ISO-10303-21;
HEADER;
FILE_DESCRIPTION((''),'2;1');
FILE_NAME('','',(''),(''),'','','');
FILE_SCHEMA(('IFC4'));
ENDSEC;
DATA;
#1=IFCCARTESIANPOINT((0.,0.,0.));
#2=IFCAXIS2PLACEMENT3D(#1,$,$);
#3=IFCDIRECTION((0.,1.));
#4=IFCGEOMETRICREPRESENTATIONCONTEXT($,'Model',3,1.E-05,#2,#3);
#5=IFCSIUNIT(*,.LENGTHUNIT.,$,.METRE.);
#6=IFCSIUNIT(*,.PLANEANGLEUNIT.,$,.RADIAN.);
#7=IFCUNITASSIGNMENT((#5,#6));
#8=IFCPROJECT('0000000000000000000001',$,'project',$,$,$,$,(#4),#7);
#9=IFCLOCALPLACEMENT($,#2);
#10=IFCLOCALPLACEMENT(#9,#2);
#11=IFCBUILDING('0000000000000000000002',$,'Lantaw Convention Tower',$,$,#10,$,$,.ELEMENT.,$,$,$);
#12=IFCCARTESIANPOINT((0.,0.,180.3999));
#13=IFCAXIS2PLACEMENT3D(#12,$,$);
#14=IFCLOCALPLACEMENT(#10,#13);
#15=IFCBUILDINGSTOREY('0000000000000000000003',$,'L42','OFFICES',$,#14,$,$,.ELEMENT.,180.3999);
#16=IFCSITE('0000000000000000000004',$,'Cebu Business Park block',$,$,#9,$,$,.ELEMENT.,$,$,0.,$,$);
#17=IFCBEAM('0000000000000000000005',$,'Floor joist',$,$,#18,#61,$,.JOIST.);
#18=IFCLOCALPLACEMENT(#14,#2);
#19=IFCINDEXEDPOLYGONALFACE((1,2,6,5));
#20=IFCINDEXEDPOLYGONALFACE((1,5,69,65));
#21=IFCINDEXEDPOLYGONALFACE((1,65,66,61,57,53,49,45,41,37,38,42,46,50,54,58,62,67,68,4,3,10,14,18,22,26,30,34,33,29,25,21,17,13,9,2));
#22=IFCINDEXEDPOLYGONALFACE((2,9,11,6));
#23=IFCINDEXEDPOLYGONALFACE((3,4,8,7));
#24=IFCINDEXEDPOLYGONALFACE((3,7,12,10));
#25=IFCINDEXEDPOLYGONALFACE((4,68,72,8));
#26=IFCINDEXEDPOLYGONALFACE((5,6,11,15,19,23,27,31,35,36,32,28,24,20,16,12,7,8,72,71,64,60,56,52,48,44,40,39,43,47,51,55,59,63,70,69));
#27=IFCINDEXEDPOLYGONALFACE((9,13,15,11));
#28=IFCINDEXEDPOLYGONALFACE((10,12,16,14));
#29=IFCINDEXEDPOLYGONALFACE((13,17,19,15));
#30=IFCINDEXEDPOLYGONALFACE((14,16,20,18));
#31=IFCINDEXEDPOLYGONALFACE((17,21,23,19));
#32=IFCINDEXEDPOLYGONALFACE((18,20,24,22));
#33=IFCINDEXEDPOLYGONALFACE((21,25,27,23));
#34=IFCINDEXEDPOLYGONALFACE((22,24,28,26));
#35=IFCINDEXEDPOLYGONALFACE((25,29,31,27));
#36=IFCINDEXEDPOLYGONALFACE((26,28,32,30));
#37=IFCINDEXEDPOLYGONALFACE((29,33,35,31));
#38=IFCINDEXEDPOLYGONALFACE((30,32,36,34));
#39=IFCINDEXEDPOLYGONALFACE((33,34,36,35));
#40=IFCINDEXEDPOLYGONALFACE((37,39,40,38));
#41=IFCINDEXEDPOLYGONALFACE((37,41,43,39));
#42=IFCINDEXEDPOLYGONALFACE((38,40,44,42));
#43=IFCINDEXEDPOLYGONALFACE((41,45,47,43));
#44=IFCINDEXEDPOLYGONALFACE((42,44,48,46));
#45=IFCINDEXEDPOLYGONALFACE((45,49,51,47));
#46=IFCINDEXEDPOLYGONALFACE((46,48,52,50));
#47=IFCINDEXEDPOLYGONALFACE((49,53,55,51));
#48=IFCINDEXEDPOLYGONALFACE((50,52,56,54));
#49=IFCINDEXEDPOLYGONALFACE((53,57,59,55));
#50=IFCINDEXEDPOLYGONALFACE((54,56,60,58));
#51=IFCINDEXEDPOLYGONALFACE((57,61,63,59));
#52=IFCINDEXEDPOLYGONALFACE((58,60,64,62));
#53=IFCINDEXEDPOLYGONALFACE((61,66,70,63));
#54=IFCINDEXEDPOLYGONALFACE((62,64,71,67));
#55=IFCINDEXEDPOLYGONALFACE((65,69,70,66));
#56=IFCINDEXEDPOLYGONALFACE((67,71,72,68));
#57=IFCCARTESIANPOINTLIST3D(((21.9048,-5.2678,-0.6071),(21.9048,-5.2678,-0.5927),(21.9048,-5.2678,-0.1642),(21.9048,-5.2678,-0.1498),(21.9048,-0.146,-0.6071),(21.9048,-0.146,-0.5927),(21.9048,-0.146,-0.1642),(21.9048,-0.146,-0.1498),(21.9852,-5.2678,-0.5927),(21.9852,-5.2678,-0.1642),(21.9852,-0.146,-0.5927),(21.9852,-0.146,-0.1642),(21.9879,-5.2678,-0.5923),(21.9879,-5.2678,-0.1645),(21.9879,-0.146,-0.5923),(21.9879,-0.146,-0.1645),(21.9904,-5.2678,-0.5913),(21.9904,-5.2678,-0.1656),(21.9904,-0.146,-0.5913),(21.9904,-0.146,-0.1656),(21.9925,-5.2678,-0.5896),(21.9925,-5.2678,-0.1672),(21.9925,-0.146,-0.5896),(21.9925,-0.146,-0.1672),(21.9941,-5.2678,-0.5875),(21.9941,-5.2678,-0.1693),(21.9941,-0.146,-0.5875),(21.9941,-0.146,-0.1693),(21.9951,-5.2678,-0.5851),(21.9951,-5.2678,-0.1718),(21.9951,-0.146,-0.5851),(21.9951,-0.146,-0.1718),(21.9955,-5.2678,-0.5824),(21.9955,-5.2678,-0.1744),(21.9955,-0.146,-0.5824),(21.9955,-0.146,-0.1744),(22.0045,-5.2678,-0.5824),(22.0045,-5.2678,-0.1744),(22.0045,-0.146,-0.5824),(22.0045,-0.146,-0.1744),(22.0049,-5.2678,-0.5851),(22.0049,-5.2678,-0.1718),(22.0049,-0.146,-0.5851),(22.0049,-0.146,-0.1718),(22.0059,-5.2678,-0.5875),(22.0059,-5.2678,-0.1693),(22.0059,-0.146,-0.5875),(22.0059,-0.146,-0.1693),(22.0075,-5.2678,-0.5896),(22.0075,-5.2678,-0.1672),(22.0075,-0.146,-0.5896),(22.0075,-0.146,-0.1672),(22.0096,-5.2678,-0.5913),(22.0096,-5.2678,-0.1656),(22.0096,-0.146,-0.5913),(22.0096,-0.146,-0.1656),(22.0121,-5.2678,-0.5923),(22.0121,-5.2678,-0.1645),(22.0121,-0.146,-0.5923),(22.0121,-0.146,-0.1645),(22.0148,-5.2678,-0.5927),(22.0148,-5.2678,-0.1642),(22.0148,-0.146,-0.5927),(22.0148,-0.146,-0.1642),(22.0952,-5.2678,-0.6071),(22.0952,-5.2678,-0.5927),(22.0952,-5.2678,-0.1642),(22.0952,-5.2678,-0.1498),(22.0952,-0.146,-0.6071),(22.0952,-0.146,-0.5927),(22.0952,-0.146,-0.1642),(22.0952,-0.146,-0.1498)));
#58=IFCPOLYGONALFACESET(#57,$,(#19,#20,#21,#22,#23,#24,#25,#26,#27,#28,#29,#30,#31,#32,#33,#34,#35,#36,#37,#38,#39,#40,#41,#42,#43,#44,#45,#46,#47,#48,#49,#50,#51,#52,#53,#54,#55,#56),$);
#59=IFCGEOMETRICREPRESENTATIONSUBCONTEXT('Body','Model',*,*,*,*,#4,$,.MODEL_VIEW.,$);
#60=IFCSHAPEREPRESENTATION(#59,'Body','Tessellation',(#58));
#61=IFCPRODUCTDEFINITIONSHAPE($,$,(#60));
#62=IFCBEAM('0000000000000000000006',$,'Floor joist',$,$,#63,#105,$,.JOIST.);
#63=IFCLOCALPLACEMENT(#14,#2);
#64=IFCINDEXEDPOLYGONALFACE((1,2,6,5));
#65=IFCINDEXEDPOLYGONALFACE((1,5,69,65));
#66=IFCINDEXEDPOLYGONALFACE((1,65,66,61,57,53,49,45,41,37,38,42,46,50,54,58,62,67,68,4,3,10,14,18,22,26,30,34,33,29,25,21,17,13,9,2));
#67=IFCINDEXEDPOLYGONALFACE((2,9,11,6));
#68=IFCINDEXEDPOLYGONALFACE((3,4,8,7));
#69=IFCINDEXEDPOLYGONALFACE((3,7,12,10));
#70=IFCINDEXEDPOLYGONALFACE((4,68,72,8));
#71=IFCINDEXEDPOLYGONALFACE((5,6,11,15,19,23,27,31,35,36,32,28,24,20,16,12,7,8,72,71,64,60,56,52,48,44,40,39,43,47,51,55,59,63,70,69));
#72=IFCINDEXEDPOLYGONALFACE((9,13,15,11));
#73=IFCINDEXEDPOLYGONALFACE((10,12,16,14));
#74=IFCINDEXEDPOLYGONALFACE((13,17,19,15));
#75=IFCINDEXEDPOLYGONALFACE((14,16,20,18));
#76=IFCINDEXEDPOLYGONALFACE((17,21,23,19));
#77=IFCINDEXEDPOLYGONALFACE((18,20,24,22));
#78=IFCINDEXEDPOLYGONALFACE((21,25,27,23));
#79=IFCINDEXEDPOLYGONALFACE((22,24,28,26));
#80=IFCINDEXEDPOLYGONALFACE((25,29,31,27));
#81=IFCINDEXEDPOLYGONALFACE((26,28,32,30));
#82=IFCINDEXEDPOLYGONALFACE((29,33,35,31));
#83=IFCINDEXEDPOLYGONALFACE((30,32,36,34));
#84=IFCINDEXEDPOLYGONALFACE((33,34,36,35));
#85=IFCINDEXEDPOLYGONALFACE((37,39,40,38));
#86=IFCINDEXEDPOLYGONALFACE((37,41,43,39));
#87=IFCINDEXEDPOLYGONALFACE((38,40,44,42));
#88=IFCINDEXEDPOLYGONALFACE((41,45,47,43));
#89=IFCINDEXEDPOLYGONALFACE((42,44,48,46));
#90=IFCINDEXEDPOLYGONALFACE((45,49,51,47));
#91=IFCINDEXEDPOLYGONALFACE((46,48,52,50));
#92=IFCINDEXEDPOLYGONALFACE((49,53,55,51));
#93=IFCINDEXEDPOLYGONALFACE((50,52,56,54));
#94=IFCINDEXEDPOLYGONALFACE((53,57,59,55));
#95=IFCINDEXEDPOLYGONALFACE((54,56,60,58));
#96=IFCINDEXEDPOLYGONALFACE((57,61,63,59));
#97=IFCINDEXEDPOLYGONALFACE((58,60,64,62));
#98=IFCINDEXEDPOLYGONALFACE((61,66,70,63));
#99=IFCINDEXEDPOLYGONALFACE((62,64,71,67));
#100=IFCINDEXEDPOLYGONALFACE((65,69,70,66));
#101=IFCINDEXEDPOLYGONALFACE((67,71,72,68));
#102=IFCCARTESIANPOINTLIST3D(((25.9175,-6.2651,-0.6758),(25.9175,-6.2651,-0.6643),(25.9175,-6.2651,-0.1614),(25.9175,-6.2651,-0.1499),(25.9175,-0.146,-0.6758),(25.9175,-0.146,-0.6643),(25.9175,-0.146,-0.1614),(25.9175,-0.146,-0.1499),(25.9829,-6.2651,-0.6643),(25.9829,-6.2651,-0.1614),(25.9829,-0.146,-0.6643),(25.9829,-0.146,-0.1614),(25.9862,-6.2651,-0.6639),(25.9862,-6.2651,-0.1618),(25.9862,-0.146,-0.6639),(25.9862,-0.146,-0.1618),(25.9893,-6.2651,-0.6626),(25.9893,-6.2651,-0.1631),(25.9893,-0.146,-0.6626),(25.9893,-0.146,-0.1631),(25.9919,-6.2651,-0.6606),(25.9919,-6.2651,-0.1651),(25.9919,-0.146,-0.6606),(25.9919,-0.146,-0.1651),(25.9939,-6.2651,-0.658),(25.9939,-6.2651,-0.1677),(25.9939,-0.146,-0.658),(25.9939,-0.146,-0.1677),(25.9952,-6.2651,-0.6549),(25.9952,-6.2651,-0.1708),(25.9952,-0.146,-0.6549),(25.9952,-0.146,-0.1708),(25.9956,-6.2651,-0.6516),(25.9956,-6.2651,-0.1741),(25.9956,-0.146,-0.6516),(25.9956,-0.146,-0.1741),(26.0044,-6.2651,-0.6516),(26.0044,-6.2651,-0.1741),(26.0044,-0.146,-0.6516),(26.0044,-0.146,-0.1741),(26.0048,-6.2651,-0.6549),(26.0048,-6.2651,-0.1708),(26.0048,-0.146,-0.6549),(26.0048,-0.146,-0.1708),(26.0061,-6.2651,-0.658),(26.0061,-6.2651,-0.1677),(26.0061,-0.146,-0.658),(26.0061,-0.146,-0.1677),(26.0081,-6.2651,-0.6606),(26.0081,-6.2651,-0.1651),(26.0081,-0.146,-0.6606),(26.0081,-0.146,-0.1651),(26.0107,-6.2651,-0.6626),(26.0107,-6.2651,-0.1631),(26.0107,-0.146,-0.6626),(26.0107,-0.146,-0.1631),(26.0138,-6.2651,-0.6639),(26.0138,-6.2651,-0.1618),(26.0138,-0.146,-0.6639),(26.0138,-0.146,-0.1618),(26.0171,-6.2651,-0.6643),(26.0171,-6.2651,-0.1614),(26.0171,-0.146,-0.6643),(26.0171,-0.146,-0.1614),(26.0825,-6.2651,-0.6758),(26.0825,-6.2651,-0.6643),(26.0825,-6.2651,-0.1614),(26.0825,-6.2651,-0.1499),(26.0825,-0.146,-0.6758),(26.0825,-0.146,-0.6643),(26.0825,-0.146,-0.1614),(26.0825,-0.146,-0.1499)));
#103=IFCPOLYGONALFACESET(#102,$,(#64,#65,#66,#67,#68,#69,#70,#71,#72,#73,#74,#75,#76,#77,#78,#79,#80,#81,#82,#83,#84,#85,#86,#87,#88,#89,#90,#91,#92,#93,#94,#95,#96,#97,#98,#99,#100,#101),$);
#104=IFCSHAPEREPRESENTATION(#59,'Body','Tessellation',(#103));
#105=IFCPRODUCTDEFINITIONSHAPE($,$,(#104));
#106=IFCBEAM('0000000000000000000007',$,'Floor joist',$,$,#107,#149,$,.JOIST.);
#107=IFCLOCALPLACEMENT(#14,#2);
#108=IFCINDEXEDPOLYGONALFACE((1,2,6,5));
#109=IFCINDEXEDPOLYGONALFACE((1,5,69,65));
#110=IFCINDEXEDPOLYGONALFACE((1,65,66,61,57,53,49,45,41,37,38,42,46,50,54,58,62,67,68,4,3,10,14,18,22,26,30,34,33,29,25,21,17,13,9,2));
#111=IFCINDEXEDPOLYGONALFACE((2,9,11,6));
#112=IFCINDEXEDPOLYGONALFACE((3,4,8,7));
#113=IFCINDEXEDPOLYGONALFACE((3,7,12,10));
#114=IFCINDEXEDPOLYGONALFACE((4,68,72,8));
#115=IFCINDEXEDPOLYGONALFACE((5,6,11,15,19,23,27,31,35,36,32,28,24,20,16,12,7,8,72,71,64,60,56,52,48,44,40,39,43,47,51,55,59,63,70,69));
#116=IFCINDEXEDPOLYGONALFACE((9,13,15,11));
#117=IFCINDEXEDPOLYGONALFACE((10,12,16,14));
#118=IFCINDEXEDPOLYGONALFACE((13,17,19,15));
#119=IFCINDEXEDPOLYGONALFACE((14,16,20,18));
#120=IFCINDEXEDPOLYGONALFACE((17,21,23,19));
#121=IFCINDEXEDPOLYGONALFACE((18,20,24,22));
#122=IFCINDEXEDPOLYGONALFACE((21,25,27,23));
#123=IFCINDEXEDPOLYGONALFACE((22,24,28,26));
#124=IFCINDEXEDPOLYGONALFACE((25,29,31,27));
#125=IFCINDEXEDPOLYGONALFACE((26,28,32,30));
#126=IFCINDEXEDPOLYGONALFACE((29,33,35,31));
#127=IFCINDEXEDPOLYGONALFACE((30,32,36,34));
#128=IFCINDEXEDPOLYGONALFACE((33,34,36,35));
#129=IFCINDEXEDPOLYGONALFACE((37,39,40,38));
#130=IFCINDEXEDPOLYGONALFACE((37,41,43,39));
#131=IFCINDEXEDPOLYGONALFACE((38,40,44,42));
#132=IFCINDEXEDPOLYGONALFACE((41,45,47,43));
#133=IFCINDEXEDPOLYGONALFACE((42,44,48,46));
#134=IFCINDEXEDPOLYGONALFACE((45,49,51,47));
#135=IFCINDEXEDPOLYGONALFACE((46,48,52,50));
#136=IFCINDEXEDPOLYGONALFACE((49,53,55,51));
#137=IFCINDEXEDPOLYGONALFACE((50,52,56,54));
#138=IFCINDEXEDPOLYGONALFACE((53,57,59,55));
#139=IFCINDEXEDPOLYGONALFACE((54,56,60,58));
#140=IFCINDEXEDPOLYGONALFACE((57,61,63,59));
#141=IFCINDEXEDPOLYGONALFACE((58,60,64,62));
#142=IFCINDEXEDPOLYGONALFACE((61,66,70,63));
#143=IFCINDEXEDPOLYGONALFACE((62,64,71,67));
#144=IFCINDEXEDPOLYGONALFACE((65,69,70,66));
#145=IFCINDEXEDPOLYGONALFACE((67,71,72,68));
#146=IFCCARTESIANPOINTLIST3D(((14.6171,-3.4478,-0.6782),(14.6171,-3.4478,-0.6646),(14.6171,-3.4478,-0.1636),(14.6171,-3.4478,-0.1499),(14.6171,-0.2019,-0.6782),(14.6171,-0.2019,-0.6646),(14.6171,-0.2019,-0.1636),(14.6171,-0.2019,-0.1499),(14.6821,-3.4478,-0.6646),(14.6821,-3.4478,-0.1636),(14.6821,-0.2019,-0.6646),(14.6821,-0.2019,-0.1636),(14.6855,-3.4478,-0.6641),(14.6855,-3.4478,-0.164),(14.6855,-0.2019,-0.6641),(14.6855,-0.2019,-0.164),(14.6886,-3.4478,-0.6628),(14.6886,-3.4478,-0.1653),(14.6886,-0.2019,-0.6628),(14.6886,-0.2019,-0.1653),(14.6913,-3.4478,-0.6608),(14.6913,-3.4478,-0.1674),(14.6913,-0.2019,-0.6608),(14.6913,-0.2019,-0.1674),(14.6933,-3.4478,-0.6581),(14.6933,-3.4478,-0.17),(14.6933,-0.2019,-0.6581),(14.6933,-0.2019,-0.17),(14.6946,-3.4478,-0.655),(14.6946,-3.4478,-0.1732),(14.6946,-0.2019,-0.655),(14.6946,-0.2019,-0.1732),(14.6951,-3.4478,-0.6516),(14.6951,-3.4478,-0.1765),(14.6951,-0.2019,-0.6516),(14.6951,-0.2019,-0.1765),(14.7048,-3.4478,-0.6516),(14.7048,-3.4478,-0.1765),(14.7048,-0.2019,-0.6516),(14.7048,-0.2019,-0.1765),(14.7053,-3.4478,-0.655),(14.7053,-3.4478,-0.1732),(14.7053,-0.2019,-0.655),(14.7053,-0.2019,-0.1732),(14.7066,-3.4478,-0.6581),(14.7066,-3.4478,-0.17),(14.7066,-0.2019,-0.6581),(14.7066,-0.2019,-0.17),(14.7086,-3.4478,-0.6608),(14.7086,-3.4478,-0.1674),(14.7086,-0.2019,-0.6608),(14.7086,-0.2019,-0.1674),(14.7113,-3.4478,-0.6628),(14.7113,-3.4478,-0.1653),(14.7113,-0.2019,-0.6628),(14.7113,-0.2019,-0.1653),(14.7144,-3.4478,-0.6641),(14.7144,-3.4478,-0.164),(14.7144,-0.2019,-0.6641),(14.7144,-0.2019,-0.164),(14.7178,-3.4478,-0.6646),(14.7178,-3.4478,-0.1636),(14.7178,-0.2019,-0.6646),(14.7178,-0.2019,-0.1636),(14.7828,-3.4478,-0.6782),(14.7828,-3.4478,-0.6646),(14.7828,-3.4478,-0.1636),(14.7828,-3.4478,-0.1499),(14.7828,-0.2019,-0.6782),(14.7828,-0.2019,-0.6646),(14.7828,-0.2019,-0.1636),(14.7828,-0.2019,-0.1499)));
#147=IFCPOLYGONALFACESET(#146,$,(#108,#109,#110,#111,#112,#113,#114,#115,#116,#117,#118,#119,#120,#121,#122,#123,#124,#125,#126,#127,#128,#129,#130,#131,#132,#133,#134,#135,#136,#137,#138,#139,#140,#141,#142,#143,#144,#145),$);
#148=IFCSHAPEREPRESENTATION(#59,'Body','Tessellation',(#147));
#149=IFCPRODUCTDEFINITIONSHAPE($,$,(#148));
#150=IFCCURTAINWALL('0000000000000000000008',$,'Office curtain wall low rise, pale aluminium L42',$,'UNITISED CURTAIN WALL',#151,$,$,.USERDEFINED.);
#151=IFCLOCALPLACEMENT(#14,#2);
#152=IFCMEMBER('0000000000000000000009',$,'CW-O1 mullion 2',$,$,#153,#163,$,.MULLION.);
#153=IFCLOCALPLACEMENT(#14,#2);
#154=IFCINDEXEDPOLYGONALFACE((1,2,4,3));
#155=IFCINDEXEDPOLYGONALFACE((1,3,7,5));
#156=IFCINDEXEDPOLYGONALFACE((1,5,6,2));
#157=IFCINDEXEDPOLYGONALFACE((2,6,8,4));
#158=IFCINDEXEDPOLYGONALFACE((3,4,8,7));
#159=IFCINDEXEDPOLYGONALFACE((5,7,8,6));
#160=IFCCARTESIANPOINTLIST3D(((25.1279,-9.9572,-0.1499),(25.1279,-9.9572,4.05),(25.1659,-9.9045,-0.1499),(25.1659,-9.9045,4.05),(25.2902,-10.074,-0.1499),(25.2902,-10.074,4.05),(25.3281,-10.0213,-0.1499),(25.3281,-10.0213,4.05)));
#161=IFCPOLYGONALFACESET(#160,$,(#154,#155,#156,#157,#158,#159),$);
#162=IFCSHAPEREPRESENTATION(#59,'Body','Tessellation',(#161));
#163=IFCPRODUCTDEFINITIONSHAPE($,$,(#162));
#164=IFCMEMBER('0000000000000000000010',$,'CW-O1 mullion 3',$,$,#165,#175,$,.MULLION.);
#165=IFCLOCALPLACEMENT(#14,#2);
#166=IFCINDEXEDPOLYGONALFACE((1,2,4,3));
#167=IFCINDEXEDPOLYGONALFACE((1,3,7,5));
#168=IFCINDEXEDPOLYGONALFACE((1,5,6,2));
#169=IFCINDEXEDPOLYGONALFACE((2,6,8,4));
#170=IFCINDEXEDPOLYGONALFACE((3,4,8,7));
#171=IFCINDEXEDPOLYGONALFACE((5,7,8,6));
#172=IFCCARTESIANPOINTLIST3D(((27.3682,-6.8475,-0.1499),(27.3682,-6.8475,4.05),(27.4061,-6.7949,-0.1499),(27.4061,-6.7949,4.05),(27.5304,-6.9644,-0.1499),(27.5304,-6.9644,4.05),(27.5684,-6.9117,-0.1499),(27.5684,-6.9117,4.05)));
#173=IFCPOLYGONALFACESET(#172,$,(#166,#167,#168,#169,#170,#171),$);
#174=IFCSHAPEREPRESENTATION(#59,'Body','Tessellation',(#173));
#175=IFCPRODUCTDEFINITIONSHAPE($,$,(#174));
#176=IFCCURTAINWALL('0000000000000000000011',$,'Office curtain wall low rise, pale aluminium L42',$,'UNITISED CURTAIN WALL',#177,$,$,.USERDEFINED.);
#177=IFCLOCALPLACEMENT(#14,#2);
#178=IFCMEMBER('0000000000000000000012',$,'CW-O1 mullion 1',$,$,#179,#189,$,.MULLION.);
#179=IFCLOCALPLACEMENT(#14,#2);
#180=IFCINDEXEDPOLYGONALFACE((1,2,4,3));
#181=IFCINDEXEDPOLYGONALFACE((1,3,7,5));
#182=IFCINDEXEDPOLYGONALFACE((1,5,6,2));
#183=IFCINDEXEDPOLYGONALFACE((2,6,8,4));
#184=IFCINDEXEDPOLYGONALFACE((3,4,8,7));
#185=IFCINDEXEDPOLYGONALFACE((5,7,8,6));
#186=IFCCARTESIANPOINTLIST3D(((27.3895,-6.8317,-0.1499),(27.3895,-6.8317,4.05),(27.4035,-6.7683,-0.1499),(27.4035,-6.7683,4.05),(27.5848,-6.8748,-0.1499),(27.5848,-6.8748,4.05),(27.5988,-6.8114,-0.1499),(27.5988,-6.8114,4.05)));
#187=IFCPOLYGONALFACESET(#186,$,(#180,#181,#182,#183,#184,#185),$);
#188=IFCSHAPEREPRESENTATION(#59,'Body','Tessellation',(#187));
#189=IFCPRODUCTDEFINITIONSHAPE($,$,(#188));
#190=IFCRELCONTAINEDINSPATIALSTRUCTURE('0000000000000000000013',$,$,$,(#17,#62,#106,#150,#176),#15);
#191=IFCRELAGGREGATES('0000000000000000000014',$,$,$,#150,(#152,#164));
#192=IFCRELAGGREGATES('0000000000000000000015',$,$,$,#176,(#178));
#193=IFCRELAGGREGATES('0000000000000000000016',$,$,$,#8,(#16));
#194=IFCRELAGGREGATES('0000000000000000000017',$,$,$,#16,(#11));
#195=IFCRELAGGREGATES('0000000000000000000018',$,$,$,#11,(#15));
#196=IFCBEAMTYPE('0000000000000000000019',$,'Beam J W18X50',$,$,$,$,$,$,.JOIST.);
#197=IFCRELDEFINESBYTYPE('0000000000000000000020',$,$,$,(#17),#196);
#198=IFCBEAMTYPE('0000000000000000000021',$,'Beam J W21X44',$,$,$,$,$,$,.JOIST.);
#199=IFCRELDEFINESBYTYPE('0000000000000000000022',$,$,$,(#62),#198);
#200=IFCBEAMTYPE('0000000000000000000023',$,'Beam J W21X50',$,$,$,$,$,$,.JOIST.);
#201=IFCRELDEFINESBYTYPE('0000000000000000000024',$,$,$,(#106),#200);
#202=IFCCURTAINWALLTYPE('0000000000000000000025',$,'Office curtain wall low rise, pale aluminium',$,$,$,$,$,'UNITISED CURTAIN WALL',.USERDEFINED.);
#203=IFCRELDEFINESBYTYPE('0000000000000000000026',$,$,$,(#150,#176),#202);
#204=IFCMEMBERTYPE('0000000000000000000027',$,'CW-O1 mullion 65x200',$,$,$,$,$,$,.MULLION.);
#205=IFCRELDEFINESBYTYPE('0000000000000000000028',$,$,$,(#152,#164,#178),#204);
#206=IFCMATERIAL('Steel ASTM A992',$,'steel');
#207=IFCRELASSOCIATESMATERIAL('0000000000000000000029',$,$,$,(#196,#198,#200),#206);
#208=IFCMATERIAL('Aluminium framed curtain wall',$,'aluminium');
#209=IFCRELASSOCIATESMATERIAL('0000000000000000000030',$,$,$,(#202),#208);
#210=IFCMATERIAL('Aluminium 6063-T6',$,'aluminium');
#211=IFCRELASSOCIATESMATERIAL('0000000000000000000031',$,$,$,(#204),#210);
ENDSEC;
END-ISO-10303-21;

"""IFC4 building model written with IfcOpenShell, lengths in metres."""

from ifc_helpers import new_model, si_unit, direction, frame, origin, origin_2d, place, context, subcontext, project, spatial, rectangle, i_section, extrude, material, material_profile, profile_set, type_object, element, aggregate, save


model = new_model("IFC4")

# Units and contexts
model_context = context("Model", 3, precision=1e-05, world=origin(), true_north=direction((0.0, 1.0)))
body_context = subcontext(model_context, "Body", "Model", "MODEL_VIEW")
ifc_project = project(units=[si_unit("LENGTHUNIT", "METRE"), si_unit("PLANEANGLEUNIT", "RADIAN")], contexts=[model_context])

# Site, building, storey
site_placement = place(None, origin())
site = spatial("IfcSite", under=ifc_project, at=site_placement, Name="Cebu Business Park block", CompositionType="ELEMENT", RefElevation=0.0)
building_placement = place(site_placement, origin())
building = spatial("IfcBuilding", under=site, at=building_placement, Name="Lantaw Convention Tower", CompositionType="ELEMENT")
storey_placement = place(building_placement, frame((0.0, 0.0, 180.3999)))
storey = spatial("IfcBuildingStorey", under=building, at=storey_placement, Name="L42", Description="OFFICES", CompositionType="ELEMENT", Elevation=180.3999)

# Beams
ifc_material_1 = material(Name="Steel ASTM A992", Category="steel")
ifc_material_profile_1 = material_profile(ifc_material_1, i_section(OverallWidth=0.1904, OverallDepth=0.4573, WebThickness=0.009, FlangeThickness=0.0144, FilletRadius=0.0103, at=origin_2d()), Name="W18X50")
ifc_profile_set_1 = profile_set([ifc_material_profile_1], Name="Steel ASTM A992")
beam_type_1 = type_object("IfcBeamType", Name="Beam J W18X50", PredefinedType="JOIST", material=ifc_profile_set_1)
beam_1_placement = place(storey_placement, frame((22.0, -5.2678, -0.3784), z_axis=(0.0, 1.0, 0.0), x_axis=(-1.0, 0.0, 0.0)))
element("IfcBeam", 1, at=beam_1_placement, inside=storey, type_object=beam_type_1, Name="Floor joist", PredefinedType="JOIST", context=body_context, shape_type="SweptSolid", body=[
    extrude(i_section(OverallWidth=0.1904, OverallDepth=0.4573, WebThickness=0.009, FlangeThickness=0.0144, FilletRadius=0.0103, at=origin_2d()), origin(), (0.0, 0.0, 1.0), 5.1218),
])
ifc_material_profile_2 = material_profile(ifc_material_1, i_section(OverallWidth=0.165, OverallDepth=0.5259, WebThickness=0.0088, FlangeThickness=0.0115, FilletRadius=0.0127, at=origin_2d()), Name="W21X44")
ifc_profile_set_2 = profile_set([ifc_material_profile_2], Name="Steel ASTM A992")
beam_type_2 = type_object("IfcBeamType", Name="Beam J W21X44", PredefinedType="JOIST", material=ifc_profile_set_2)
beam_2_placement = place(storey_placement, frame((26.0, -6.2651, -0.4128), z_axis=(0.0, 1.0, 0.0), x_axis=(-1.0, 0.0, 0.0)))
element("IfcBeam", 2, at=beam_2_placement, inside=storey, type_object=beam_type_2, Name="Floor joist", PredefinedType="JOIST", context=body_context, shape_type="SweptSolid", body=[
    extrude(i_section(OverallWidth=0.165, OverallDepth=0.5259, WebThickness=0.0088, FlangeThickness=0.0115, FilletRadius=0.0127, at=origin_2d()), origin(), (0.0, 0.0, 1.0), 6.1191),
])
ifc_material_profile_3 = material_profile(ifc_material_1, i_section(OverallWidth=0.1658, OverallDepth=0.5283, WebThickness=0.0098, FlangeThickness=0.0137, FilletRadius=0.0129, at=origin_2d()), Name="W21X50")
ifc_profile_set_3 = profile_set([ifc_material_profile_3], Name="Steel ASTM A992")
beam_type_3 = type_object("IfcBeamType", Name="Beam J W21X50", PredefinedType="JOIST", material=ifc_profile_set_3)
beam_3_placement = place(storey_placement, frame((14.7, -3.4478, -0.4141), z_axis=(0.0, 1.0, 0.0), x_axis=(-1.0, 0.0, 0.0)))
element("IfcBeam", 3, at=beam_3_placement, inside=storey, type_object=beam_type_3, Name="Floor joist", PredefinedType="JOIST", context=body_context, shape_type="SweptSolid", body=[
    extrude(i_section(OverallWidth=0.1658, OverallDepth=0.5283, WebThickness=0.0098, FlangeThickness=0.0137, FilletRadius=0.0129, at=origin_2d()), origin(), (0.0, 0.0, 1.0), 3.2458),
])

# Curtain walls, members
ifc_material_2 = material(Name="Aluminium framed curtain wall", Category="aluminium")
curtain_wall_type = type_object("IfcCurtainWallType", Name="Office curtain wall low rise, pale aluminium", ElementType="UNITISED CURTAIN WALL", PredefinedType="USERDEFINED", material=ifc_material_2)
curtain_wall_1_placement = place(storey_placement, origin())
curtain_wall_1 = element("IfcCurtainWall", 4, at=curtain_wall_1_placement, inside=storey, type_object=curtain_wall_type, Name="Office curtain wall low rise, pale aluminium L42", ObjectType="UNITISED CURTAIN WALL", PredefinedType="USERDEFINED")
ifc_material_3 = material(Name="Aluminium 6063-T6", Category="aluminium")
ifc_material_profile_4 = material_profile(ifc_material_3, rectangle(XDim=0.2, YDim=0.0649, at=origin_2d()), Name="CW-O1 mullion 65x200")
ifc_profile_set_4 = profile_set([ifc_material_profile_4], Name="Aluminium 6063-T6")
member_type_1 = type_object("IfcMemberType", Name="CW-O1 mullion 65x200", PredefinedType="MULLION", material=ifc_profile_set_4)
member_1_placement = place(storey_placement, frame((25.228, -9.9893, -0.1499), z_axis=(0.0, 0.0, 1.0), x_axis=(-0.811385, 0.584513, 0.0)))
member_1 = element("IfcMember", 5, at=member_1_placement, type_object=member_type_1, Name="CW-O1 mullion 2", PredefinedType="MULLION", context=body_context, shape_type="SweptSolid", body=[
    extrude(rectangle(XDim=0.2, YDim=0.0649, at=origin_2d()), origin(), (0.0, 0.0, 1.0), 4.2),
])
member_2_placement = place(storey_placement, frame((27.4683, -6.8796, -0.1499), z_axis=(0.0, 0.0, 1.0), x_axis=(-0.811385, 0.584513, 0.0)))
member_2 = element("IfcMember", 6, at=member_2_placement, type_object=member_type_1, Name="CW-O1 mullion 3", PredefinedType="MULLION", context=body_context, shape_type="SweptSolid", body=[
    extrude(rectangle(XDim=0.2, YDim=0.0649, at=origin_2d()), origin(), (0.0, 0.0, 1.0), 4.2),
])
curtain_wall_2_placement = place(storey_placement, origin())
curtain_wall_2 = element("IfcCurtainWall", 7, at=curtain_wall_2_placement, inside=storey, type_object=curtain_wall_type, Name="Office curtain wall low rise, pale aluminium L42", ObjectType="UNITISED CURTAIN WALL", PredefinedType="USERDEFINED")
member_3_placement = place(storey_placement, frame((27.4941, -6.8215, -0.1499), z_axis=(0.0, 0.0, 1.0), x_axis=(-0.976494, 0.215546, 0.0)))
member_3 = element("IfcMember", 8, at=member_3_placement, type_object=member_type_1, Name="CW-O1 mullion 1", PredefinedType="MULLION", context=body_context, shape_type="SweptSolid", body=[
    extrude(rectangle(XDim=0.2, YDim=0.0649, at=origin_2d()), origin(), (0.0, 0.0, 1.0), 4.2),
])

aggregate(curtain_wall_1, [member_1, member_2])
aggregate(curtain_wall_2, [member_3])

save(model, "model.ifc")
